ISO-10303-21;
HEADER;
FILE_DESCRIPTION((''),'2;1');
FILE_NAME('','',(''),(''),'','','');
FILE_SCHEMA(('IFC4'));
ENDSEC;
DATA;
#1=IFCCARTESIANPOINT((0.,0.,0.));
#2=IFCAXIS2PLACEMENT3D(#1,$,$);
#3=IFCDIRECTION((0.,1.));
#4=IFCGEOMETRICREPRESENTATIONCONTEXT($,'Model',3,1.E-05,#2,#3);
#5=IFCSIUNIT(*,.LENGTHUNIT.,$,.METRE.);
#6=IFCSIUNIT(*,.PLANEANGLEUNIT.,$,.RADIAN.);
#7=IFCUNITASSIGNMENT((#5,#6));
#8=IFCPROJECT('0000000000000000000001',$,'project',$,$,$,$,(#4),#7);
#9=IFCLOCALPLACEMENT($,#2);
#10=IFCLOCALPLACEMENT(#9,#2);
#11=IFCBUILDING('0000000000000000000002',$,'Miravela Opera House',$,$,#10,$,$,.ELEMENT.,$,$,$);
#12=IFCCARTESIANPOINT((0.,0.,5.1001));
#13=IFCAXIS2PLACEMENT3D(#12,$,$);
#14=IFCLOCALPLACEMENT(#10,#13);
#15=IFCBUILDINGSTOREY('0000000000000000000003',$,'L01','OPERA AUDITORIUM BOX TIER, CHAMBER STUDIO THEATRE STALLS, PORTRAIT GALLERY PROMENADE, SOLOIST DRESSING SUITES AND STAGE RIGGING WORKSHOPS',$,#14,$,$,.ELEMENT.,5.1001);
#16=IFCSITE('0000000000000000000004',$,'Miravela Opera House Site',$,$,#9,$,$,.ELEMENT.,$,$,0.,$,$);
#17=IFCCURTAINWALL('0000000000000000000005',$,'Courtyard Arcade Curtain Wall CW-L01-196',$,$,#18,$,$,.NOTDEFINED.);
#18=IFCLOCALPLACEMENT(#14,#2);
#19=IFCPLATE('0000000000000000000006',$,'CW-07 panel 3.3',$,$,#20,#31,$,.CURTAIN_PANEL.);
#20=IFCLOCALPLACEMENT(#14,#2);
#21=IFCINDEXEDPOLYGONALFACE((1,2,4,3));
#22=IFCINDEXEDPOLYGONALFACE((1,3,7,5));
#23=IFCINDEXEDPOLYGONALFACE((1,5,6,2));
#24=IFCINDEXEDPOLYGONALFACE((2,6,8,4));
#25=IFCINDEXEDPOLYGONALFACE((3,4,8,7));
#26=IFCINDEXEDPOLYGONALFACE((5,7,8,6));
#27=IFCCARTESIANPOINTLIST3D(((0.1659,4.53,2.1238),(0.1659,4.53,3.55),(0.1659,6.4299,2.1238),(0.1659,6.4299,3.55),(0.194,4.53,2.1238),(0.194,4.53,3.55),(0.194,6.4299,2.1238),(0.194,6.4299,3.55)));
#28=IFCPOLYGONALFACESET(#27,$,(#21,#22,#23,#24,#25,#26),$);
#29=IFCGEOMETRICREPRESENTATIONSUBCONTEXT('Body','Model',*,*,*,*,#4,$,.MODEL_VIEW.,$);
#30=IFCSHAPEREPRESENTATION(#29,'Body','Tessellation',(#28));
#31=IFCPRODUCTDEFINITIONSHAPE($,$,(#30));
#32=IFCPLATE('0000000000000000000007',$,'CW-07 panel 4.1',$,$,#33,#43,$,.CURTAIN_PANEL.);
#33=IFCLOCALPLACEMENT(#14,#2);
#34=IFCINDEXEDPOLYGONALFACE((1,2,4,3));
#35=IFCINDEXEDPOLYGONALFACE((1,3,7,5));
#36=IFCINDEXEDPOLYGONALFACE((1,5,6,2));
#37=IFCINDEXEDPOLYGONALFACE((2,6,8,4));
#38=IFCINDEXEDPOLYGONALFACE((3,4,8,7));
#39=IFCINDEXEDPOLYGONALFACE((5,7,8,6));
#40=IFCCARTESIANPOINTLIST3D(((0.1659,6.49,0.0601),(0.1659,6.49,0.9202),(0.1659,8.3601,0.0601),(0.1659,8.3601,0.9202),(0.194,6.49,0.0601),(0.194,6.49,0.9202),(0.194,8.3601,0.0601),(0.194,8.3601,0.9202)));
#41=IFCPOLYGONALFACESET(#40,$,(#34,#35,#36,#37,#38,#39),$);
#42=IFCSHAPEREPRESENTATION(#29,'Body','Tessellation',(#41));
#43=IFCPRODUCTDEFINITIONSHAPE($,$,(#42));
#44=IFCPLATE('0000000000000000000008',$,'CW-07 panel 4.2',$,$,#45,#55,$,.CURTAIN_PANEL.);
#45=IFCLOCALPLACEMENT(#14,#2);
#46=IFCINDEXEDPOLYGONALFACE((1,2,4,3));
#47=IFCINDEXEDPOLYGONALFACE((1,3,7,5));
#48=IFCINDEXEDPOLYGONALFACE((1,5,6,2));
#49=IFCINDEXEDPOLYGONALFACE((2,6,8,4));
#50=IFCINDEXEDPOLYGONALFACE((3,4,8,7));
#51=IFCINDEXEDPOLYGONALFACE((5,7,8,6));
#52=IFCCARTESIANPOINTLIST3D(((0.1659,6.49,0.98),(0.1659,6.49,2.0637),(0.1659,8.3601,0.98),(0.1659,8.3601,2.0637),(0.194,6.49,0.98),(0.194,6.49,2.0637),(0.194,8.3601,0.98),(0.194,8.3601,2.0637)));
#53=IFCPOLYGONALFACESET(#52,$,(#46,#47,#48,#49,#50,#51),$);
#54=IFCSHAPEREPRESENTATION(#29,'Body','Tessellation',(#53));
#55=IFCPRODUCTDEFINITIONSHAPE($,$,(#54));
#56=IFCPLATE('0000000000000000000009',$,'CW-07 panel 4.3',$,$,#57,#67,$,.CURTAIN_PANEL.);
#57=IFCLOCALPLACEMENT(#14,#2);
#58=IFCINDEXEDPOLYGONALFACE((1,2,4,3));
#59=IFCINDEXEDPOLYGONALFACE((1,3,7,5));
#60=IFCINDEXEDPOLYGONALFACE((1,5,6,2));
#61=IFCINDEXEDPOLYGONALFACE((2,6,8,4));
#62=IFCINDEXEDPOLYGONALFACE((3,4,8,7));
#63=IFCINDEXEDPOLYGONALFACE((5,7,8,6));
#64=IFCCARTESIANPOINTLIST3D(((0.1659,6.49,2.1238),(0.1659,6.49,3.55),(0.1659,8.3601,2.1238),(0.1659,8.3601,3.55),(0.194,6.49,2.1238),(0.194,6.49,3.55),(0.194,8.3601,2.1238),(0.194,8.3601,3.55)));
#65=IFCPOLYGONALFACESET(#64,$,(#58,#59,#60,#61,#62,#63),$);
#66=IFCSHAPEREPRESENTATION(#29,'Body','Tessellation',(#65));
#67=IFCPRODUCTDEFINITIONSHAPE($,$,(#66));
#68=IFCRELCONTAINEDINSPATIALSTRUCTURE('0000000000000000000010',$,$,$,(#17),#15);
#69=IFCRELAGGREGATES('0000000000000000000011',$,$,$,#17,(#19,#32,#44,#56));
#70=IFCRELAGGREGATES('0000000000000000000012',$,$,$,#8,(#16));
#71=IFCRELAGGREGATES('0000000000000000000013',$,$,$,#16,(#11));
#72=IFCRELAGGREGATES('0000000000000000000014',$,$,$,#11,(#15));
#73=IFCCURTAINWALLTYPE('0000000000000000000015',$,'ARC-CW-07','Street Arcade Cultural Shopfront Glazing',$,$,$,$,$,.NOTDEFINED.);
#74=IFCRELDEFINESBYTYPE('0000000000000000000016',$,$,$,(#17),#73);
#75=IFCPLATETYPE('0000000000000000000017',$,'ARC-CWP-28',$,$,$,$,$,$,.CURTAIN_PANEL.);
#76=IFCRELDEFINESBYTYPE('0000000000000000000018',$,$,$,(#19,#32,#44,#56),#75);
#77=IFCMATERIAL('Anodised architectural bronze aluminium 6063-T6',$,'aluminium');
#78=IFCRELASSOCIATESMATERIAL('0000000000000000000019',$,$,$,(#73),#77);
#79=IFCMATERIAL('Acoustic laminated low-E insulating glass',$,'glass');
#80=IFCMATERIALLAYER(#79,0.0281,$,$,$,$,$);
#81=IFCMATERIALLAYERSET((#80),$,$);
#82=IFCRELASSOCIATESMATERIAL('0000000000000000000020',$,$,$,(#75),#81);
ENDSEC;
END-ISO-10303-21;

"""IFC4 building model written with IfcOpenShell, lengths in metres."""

from ifc_helpers import new_model, si_unit, direction, frame, origin, origin_2d, place, context, subcontext, project, spatial, rectangle, extrude, material, layer, layer_set, type_object, element, aggregate, save


model = new_model("IFC4")

# Units and contexts
model_context = context("Model", 3, precision=1e-05, world=origin(), true_north=direction((0.0, 1.0)))
body_context = subcontext(model_context, "Body", "Model", "MODEL_VIEW")
ifc_project = project(units=[si_unit("LENGTHUNIT", "METRE"), si_unit("PLANEANGLEUNIT", "RADIAN")], contexts=[model_context])

# Site, building, storey
site_placement = place(None, origin())
site = spatial("IfcSite", under=ifc_project, at=site_placement, Name="Miravela Opera House Site", CompositionType="ELEMENT", RefElevation=0.0)
building_placement = place(site_placement, origin())
building = spatial("IfcBuilding", under=site, at=building_placement, Name="Miravela Opera House", CompositionType="ELEMENT")
storey_placement = place(building_placement, frame((0.0, 0.0, 5.1001)))
storey = spatial("IfcBuildingStorey", under=building, at=storey_placement, Name="L01", Description="OPERA AUDITORIUM BOX TIER, CHAMBER STUDIO THEATRE STALLS, PORTRAIT GALLERY PROMENADE, SOLOIST DRESSING SUITES AND STAGE RIGGING WORKSHOPS", CompositionType="ELEMENT", Elevation=5.1001)

# Curtain wall
ifc_material_1 = material(Name="Anodised architectural bronze aluminium 6063-T6", Category="aluminium")
curtain_wall_type = type_object("IfcCurtainWallType", Name="ARC-CW-07", Description="Street Arcade Cultural Shopfront Glazing", PredefinedType="NOTDEFINED", material=ifc_material_1)
curtain_wall_1_placement = place(storey_placement, origin())
curtain_wall_1 = element("IfcCurtainWall", 1, at=curtain_wall_1_placement, inside=storey, type_object=curtain_wall_type, Name="Courtyard Arcade Curtain Wall CW-L01-196", PredefinedType="NOTDEFINED")

# Plates
ifc_material_2 = material(Name="Acoustic laminated low-E insulating glass", Category="glass")
ifc_layer = layer(ifc_material_2, 0.0281)
ifc_layer_set = layer_set([ifc_layer])
plate_type = type_object("IfcPlateType", Name="ARC-CWP-28", PredefinedType="CURTAIN_PANEL", material=ifc_layer_set)
plate_1_placement = place(storey_placement, frame((0.1799, 5.48, 2.1238), z_axis=(0.0, 0.0, 1.0), x_axis=(0.0, 1.0, 0.0)))
plate_1 = element("IfcPlate", 2, at=plate_1_placement, type_object=plate_type, Name="CW-07 panel 3.3", PredefinedType="CURTAIN_PANEL", context=body_context, shape_type="SweptSolid", body=[
    extrude(rectangle(XDim=1.8999, YDim=0.0281, at=origin_2d()), origin(), (0.0, 0.0, 1.0), 1.4263),
])
plate_2_placement = place(storey_placement, frame((0.1799, 7.425, 0.0601), z_axis=(0.0, 0.0, 1.0), x_axis=(0.0, 1.0, 0.0)))
plate_2 = element("IfcPlate", 3, at=plate_2_placement, type_object=plate_type, Name="CW-07 panel 4.1", PredefinedType="CURTAIN_PANEL", context=body_context, shape_type="SweptSolid", body=[
    extrude(rectangle(XDim=1.8701, YDim=0.0281, at=origin_2d()), origin(), (0.0, 0.0, 1.0), 0.8601),
])
plate_3_placement = place(storey_placement, frame((0.1799, 7.425, 0.98), z_axis=(0.0, 0.0, 1.0), x_axis=(0.0, 1.0, 0.0)))
plate_3 = element("IfcPlate", 4, at=plate_3_placement, type_object=plate_type, Name="CW-07 panel 4.2", PredefinedType="CURTAIN_PANEL", context=body_context, shape_type="SweptSolid", body=[
    extrude(rectangle(XDim=1.8701, YDim=0.0281, at=origin_2d()), origin(), (0.0, 0.0, 1.0), 1.0837),
])
plate_4_placement = place(storey_placement, frame((0.1799, 7.425, 2.1238), z_axis=(0.0, 0.0, 1.0), x_axis=(0.0, 1.0, 0.0)))
plate_4 = element("IfcPlate", 5, at=plate_4_placement, type_object=plate_type, Name="CW-07 panel 4.3", PredefinedType="CURTAIN_PANEL", context=body_context, shape_type="SweptSolid", body=[
    extrude(rectangle(XDim=1.8701, YDim=0.0281, at=origin_2d()), origin(), (0.0, 0.0, 1.0), 1.4263),
])
aggregate(curtain_wall_1, [plate_1, plate_2, plate_3, plate_4])

save(model, "model.ifc")
